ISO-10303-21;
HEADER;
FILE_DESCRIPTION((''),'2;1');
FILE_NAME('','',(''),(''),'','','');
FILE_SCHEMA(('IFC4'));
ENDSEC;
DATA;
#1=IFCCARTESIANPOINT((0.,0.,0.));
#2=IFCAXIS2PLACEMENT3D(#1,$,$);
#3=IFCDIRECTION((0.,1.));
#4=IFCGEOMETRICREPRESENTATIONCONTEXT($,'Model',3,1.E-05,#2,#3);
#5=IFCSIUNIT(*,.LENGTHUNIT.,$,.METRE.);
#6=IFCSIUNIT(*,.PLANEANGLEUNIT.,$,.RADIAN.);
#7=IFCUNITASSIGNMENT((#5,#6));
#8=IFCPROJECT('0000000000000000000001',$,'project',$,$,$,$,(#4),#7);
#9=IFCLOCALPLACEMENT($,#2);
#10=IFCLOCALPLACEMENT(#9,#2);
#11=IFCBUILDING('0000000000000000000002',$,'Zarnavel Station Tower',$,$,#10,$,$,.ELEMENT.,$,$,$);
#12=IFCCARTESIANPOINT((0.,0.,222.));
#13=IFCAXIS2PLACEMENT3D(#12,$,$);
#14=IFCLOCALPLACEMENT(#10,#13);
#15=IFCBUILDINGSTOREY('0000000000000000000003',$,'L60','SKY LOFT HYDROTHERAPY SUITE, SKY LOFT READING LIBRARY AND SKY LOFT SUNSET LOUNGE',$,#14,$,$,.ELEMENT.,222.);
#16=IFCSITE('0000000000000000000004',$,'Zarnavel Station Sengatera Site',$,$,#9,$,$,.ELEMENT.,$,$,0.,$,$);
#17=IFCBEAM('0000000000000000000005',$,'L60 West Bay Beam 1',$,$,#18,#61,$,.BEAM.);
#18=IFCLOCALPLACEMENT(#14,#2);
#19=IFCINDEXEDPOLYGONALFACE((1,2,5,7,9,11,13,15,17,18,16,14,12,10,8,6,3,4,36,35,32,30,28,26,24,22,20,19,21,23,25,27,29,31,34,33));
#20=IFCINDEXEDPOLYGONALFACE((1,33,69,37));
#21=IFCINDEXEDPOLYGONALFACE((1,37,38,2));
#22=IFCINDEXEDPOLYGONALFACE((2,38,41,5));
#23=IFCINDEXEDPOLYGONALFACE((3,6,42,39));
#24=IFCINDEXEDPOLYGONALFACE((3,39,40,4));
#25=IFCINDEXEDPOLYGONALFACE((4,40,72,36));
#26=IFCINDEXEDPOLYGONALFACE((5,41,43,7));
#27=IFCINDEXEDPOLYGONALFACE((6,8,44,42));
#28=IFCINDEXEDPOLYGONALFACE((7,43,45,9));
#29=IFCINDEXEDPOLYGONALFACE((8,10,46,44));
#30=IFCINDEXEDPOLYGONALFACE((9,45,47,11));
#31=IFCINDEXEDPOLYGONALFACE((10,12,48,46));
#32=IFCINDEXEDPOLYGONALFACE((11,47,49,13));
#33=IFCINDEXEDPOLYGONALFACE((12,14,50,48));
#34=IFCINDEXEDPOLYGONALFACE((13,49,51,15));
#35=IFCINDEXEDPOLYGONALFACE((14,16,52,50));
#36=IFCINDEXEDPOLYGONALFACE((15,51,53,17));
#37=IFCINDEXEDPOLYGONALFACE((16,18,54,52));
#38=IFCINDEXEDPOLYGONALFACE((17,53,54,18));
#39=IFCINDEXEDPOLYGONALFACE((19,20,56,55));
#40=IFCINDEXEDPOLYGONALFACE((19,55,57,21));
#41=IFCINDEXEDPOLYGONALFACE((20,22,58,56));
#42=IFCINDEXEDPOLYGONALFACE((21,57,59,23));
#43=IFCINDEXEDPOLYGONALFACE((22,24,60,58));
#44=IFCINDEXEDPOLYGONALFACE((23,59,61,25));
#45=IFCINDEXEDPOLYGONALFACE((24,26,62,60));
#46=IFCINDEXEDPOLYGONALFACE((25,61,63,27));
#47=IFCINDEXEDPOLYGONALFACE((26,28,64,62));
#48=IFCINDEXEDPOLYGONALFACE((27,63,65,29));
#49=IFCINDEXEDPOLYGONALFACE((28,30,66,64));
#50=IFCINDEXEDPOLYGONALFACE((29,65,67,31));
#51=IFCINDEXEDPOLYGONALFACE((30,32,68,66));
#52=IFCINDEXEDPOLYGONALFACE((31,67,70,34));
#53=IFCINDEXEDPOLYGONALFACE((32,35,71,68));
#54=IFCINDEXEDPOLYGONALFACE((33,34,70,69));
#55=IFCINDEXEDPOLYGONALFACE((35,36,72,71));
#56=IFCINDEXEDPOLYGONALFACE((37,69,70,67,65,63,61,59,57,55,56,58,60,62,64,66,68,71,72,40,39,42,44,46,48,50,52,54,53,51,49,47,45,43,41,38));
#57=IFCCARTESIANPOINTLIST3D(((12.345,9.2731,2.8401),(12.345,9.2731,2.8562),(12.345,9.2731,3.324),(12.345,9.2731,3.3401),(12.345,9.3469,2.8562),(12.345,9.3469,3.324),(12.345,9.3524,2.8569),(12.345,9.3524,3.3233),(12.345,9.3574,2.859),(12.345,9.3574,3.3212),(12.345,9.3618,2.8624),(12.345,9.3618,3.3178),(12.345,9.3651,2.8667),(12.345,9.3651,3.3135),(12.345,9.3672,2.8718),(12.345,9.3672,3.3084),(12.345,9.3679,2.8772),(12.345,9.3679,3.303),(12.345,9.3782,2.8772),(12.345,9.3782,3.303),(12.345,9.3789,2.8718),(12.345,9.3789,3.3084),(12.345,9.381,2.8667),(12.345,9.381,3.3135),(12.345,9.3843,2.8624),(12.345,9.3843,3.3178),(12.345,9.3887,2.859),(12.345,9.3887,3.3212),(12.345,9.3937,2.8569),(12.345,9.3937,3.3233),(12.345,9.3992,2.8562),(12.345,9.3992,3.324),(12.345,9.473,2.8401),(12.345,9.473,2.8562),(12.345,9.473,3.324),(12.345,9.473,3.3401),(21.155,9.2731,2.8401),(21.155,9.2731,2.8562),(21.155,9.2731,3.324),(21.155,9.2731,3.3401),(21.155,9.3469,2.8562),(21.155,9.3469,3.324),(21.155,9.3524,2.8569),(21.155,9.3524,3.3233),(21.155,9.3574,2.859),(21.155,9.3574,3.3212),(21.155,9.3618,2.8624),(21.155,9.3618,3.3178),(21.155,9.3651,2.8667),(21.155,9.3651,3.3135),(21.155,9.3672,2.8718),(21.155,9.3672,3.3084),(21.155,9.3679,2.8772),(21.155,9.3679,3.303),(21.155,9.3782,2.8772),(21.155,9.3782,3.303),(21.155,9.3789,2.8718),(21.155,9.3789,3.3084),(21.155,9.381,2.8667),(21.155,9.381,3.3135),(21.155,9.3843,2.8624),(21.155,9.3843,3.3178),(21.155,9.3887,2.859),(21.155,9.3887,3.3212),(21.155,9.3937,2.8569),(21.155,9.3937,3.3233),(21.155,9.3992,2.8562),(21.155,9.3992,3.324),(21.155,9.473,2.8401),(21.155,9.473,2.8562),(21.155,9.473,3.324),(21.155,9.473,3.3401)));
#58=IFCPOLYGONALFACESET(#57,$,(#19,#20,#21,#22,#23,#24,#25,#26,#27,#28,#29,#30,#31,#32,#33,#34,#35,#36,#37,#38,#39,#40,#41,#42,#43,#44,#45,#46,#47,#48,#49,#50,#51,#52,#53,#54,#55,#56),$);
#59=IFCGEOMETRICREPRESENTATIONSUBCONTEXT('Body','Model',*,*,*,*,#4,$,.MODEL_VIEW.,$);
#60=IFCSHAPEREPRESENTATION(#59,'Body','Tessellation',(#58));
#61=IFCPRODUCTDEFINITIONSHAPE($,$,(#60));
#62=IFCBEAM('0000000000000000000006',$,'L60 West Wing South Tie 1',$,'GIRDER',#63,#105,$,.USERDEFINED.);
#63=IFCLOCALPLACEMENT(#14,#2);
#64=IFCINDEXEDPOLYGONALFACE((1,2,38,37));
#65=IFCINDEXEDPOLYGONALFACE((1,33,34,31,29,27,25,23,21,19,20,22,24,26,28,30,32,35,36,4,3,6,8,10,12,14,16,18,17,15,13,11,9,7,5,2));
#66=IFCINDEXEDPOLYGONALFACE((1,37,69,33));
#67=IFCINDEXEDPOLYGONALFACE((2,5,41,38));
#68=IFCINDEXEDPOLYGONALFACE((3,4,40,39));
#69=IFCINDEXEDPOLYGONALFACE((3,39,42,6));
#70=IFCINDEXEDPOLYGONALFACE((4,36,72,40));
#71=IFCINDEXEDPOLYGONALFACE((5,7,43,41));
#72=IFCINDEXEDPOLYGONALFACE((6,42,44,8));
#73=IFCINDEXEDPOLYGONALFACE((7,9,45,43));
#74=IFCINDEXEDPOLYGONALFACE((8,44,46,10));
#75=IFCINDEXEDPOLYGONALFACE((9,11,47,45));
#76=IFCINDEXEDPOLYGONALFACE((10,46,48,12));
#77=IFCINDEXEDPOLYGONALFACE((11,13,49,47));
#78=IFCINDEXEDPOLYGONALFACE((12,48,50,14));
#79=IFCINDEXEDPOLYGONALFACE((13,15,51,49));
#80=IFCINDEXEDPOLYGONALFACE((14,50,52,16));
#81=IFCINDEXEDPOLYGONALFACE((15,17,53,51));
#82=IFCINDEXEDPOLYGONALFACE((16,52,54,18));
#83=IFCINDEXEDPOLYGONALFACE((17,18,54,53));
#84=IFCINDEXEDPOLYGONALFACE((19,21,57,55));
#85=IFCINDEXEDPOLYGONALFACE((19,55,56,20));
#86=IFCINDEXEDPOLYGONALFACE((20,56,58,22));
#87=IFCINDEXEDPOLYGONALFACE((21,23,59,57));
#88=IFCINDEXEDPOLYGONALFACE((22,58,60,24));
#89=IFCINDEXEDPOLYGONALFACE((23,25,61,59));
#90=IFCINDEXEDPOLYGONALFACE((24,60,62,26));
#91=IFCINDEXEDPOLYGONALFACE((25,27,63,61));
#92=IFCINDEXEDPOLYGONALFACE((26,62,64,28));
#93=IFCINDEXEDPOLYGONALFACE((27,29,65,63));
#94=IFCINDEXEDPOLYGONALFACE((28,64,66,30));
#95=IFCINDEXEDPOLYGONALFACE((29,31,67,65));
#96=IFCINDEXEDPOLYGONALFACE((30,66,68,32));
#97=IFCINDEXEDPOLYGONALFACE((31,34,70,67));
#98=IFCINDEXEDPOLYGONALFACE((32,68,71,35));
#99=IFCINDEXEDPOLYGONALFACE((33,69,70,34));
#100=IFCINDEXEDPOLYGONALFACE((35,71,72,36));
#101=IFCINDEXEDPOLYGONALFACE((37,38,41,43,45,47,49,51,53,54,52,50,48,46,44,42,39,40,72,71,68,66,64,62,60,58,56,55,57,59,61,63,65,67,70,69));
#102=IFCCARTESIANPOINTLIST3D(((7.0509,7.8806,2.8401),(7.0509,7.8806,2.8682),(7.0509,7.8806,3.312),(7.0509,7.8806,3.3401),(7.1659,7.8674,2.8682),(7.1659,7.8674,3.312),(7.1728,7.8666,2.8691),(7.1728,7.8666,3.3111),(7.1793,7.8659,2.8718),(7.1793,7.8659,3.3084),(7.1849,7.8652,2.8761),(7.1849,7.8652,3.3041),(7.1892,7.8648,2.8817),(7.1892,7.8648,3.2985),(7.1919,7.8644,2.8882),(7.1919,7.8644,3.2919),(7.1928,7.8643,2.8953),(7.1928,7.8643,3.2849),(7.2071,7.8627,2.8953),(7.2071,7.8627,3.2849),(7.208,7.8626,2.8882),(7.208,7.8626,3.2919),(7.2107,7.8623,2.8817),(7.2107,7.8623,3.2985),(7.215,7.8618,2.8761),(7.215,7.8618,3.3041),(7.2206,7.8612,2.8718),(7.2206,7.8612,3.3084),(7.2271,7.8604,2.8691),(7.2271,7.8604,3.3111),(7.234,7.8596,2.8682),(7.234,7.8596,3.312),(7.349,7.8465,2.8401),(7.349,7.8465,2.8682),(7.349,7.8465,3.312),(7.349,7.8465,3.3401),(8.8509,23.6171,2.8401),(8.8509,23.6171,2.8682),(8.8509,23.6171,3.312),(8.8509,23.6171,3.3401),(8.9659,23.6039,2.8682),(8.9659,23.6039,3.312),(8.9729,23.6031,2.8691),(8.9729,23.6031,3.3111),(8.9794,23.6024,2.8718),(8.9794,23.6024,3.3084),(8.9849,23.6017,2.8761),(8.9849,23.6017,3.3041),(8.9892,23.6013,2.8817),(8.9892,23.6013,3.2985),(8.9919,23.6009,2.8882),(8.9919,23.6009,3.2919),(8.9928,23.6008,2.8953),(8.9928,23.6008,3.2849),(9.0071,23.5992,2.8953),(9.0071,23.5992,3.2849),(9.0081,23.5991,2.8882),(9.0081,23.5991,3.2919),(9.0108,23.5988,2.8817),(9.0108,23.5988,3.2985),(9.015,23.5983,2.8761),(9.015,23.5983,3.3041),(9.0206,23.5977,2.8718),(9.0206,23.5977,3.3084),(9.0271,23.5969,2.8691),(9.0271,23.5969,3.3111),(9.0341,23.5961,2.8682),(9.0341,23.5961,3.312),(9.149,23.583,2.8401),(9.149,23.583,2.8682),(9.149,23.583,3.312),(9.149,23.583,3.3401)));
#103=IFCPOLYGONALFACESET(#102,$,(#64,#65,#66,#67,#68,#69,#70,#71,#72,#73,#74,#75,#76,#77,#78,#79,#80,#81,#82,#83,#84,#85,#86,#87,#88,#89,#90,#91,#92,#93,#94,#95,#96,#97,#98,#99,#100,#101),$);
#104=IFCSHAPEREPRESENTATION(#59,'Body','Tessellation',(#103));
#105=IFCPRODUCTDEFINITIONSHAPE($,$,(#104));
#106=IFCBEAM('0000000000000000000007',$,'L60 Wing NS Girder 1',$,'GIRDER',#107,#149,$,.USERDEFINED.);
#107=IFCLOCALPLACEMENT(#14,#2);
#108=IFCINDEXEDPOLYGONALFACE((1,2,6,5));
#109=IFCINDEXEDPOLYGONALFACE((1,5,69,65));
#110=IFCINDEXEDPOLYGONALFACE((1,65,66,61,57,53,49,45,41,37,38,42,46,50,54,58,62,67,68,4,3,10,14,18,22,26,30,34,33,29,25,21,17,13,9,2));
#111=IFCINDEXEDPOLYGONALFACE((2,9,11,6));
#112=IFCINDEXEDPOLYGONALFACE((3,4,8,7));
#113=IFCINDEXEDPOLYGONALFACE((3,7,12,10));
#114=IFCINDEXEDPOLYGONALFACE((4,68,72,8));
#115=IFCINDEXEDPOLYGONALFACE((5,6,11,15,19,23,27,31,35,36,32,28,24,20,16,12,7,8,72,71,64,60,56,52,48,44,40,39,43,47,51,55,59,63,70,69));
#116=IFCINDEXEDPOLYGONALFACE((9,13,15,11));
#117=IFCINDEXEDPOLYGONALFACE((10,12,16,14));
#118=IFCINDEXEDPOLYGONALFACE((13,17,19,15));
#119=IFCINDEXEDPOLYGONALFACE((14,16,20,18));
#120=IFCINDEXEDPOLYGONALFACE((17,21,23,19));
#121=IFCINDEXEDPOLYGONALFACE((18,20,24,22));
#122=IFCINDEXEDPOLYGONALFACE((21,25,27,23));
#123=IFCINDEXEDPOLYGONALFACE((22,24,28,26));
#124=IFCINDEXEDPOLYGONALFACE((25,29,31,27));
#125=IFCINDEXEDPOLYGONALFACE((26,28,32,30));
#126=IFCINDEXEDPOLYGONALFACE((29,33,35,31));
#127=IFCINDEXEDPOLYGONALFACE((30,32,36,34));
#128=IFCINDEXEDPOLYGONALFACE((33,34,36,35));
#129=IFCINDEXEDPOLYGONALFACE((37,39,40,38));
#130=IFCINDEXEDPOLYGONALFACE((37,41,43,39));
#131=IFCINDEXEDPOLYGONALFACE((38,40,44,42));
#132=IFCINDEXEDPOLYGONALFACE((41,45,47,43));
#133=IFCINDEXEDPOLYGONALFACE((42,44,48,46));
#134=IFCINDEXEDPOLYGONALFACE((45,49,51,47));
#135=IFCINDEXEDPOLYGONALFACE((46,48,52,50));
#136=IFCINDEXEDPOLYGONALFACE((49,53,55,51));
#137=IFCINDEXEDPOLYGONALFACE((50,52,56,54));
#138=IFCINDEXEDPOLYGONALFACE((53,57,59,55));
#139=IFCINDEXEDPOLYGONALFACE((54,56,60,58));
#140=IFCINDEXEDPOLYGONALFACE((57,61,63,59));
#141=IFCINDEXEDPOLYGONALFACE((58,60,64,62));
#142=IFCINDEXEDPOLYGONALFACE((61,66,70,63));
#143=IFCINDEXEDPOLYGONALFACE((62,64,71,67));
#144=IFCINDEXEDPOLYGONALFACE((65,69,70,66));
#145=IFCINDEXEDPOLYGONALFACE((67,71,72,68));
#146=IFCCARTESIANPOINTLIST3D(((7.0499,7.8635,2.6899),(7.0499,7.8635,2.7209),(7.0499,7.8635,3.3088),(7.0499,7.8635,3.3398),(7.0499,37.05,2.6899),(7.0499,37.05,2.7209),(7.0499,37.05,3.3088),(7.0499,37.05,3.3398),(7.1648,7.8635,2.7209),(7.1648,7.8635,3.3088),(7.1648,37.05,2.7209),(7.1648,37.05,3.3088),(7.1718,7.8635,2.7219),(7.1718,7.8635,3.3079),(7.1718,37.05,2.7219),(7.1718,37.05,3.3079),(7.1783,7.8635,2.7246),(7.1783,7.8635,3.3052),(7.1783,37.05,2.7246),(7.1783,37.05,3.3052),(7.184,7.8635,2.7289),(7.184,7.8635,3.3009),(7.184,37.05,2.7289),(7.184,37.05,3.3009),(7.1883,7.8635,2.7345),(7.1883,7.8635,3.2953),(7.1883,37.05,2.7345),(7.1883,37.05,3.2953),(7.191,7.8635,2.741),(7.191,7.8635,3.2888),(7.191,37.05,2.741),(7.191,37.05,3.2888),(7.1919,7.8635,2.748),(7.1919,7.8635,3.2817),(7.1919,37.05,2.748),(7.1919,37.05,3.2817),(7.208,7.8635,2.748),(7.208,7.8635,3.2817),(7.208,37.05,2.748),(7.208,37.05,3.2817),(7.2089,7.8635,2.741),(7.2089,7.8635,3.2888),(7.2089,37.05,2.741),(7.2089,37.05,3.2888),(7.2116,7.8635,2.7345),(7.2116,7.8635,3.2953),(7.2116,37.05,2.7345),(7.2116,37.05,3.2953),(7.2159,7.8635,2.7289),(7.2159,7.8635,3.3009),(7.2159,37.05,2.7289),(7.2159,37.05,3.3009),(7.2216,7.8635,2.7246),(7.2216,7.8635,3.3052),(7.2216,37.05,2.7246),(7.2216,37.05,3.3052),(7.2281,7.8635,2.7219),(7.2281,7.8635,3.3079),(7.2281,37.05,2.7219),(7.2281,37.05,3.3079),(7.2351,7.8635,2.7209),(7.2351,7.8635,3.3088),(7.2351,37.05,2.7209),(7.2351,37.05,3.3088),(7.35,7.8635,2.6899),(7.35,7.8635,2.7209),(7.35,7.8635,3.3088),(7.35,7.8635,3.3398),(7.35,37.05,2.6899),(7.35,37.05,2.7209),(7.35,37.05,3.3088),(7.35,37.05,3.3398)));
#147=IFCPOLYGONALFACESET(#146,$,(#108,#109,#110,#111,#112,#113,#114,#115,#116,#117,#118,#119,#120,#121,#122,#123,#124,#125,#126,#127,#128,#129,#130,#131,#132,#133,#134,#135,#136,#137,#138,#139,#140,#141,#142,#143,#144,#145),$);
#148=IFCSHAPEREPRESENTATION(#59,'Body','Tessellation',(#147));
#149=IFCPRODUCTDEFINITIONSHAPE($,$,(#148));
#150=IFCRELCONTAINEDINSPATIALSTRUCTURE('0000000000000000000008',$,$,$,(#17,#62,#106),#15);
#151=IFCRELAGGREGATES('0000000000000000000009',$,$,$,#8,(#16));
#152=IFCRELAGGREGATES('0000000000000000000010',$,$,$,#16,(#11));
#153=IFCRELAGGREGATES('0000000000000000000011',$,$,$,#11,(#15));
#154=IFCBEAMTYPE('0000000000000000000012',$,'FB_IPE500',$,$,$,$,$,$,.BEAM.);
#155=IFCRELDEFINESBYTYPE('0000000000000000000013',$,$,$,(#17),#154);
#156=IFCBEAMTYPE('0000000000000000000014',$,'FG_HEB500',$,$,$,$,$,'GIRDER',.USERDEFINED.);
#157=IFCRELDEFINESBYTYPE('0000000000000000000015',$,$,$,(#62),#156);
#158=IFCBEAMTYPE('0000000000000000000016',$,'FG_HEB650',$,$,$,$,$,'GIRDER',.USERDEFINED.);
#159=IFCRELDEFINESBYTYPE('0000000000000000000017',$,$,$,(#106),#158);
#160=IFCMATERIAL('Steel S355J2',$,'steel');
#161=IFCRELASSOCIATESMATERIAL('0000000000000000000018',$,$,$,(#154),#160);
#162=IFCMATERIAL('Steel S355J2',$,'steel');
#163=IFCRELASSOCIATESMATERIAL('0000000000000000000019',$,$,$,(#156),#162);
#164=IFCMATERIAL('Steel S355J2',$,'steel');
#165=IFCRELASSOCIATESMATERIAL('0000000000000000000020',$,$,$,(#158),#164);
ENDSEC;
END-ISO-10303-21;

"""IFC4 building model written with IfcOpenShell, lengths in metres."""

from ifc_helpers import new_model, si_unit, direction, frame, origin, origin_2d, place, context, subcontext, project, spatial, i_section, extrude, material, material_profile, profile_set, type_object, element, save


model = new_model("IFC4")

# Units and contexts
model_context = context("Model", 3, precision=1e-05, world=origin(), true_north=direction((0.0, 1.0)))
body_context = subcontext(model_context, "Body", "Model", "MODEL_VIEW")
ifc_project = project(units=[si_unit("LENGTHUNIT", "METRE"), si_unit("PLANEANGLEUNIT", "RADIAN")], contexts=[model_context])

# Site, building, storey
site_placement = place(None, origin())
site = spatial("IfcSite", under=ifc_project, at=site_placement, Name="Zarnavel Station Sengatera Site", CompositionType="ELEMENT", RefElevation=0.0)
building_placement = place(site_placement, origin())
building = spatial("IfcBuilding", under=site, at=building_placement, Name="Zarnavel Station Tower", CompositionType="ELEMENT")
storey_placement = place(building_placement, frame((0.0, 0.0, 222.0)))
storey = spatial("IfcBuildingStorey", under=building, at=storey_placement, Name="L60", Description="SKY LOFT HYDROTHERAPY SUITE, SKY LOFT READING LIBRARY AND SKY LOFT SUNSET LOUNGE", CompositionType="ELEMENT", Elevation=222.0)

# Beams
ifc_material_1 = material(Name="Steel S355J2", Category="steel")
ifc_material_profile_1 = material_profile(ifc_material_1, i_section(OverallWidth=0.2, OverallDepth=0.5, WebThickness=0.0103, FlangeThickness=0.0161, FilletRadius=0.021, at=origin_2d()), Name="IPE500")
ifc_profile_set_1 = profile_set([ifc_material_profile_1], Name="Steel S355J2")
beam_type_1 = type_object("IfcBeamType", Name="FB_IPE500", PredefinedType="BEAM", material=ifc_profile_set_1)
beam_1_placement = place(storey_placement, frame((12.345, 9.373, 3.0901), z_axis=(1.0, 0.0, 0.0), x_axis=(0.0, 1.0, 0.0)))
element("IfcBeam", 1, at=beam_1_placement, inside=storey, type_object=beam_type_1, Name="L60 West Bay Beam 1", PredefinedType="BEAM", context=body_context, shape_type="SweptSolid", body=[
    extrude(i_section(OverallWidth=0.2, OverallDepth=0.5, WebThickness=0.0103, FlangeThickness=0.0161, FilletRadius=0.021, at=origin_2d()), origin(), (0.0, 0.0, 1.0), 8.8101),
])
ifc_material_2 = material(Name="Steel S355J2", Category="steel")
ifc_material_profile_2 = material_profile(ifc_material_2, i_section(OverallWidth=0.3, OverallDepth=0.5, WebThickness=0.0144, FlangeThickness=0.0281, FilletRadius=0.0271, at=origin_2d()), Name="HEB500")
ifc_profile_set_2 = profile_set([ifc_material_profile_2], Name="Steel S355J2")
beam_type_2 = type_object("IfcBeamType", Name="FG_HEB500", ElementType="GIRDER", PredefinedType="USERDEFINED", material=ifc_profile_set_2)
beam_2_placement = place(storey_placement, frame((7.2, 7.8635, 3.0901), z_axis=(0.113645, 0.993521, 0.0), x_axis=(-0.993521, 0.113645, 0.0)))
element("IfcBeam", 2, at=beam_2_placement, inside=storey, type_object=beam_type_2, Name="L60 West Wing South Tie 1", ObjectType="GIRDER", PredefinedType="USERDEFINED", context=body_context, shape_type="SweptSolid", body=[
    extrude(i_section(OverallWidth=0.3, OverallDepth=0.5, WebThickness=0.0144, FlangeThickness=0.0281, FilletRadius=0.0271, at=origin_2d()), origin(), (0.0, 0.0, 1.0), 15.8391),
])
ifc_material_3 = material(Name="Steel S355J2", Category="steel")
ifc_material_profile_3 = material_profile(ifc_material_3, i_section(OverallWidth=0.3, OverallDepth=0.6499, WebThickness=0.0161, FlangeThickness=0.031, FilletRadius=0.0271, at=origin_2d()), Name="HEB650")
ifc_profile_set_3 = profile_set([ifc_material_profile_3], Name="Steel S355J2")
beam_type_3 = type_object("IfcBeamType", Name="FG_HEB650", ElementType="GIRDER", PredefinedType="USERDEFINED", material=ifc_profile_set_3)
beam_3_placement = place(storey_placement, frame((7.2, 7.8635, 3.0149), z_axis=(0.0, 1.0, 0.0), x_axis=(-1.0, 0.0, 0.0)))
element("IfcBeam", 3, at=beam_3_placement, inside=storey, type_object=beam_type_3, Name="L60 Wing NS Girder 1", ObjectType="GIRDER", PredefinedType="USERDEFINED", context=body_context, shape_type="SweptSolid", body=[
    extrude(i_section(OverallWidth=0.3, OverallDepth=0.6499, WebThickness=0.0161, FlangeThickness=0.031, FilletRadius=0.0271, at=origin_2d()), origin(), (0.0, 0.0, 1.0), 29.1865),
])

save(model, "model.ifc")
